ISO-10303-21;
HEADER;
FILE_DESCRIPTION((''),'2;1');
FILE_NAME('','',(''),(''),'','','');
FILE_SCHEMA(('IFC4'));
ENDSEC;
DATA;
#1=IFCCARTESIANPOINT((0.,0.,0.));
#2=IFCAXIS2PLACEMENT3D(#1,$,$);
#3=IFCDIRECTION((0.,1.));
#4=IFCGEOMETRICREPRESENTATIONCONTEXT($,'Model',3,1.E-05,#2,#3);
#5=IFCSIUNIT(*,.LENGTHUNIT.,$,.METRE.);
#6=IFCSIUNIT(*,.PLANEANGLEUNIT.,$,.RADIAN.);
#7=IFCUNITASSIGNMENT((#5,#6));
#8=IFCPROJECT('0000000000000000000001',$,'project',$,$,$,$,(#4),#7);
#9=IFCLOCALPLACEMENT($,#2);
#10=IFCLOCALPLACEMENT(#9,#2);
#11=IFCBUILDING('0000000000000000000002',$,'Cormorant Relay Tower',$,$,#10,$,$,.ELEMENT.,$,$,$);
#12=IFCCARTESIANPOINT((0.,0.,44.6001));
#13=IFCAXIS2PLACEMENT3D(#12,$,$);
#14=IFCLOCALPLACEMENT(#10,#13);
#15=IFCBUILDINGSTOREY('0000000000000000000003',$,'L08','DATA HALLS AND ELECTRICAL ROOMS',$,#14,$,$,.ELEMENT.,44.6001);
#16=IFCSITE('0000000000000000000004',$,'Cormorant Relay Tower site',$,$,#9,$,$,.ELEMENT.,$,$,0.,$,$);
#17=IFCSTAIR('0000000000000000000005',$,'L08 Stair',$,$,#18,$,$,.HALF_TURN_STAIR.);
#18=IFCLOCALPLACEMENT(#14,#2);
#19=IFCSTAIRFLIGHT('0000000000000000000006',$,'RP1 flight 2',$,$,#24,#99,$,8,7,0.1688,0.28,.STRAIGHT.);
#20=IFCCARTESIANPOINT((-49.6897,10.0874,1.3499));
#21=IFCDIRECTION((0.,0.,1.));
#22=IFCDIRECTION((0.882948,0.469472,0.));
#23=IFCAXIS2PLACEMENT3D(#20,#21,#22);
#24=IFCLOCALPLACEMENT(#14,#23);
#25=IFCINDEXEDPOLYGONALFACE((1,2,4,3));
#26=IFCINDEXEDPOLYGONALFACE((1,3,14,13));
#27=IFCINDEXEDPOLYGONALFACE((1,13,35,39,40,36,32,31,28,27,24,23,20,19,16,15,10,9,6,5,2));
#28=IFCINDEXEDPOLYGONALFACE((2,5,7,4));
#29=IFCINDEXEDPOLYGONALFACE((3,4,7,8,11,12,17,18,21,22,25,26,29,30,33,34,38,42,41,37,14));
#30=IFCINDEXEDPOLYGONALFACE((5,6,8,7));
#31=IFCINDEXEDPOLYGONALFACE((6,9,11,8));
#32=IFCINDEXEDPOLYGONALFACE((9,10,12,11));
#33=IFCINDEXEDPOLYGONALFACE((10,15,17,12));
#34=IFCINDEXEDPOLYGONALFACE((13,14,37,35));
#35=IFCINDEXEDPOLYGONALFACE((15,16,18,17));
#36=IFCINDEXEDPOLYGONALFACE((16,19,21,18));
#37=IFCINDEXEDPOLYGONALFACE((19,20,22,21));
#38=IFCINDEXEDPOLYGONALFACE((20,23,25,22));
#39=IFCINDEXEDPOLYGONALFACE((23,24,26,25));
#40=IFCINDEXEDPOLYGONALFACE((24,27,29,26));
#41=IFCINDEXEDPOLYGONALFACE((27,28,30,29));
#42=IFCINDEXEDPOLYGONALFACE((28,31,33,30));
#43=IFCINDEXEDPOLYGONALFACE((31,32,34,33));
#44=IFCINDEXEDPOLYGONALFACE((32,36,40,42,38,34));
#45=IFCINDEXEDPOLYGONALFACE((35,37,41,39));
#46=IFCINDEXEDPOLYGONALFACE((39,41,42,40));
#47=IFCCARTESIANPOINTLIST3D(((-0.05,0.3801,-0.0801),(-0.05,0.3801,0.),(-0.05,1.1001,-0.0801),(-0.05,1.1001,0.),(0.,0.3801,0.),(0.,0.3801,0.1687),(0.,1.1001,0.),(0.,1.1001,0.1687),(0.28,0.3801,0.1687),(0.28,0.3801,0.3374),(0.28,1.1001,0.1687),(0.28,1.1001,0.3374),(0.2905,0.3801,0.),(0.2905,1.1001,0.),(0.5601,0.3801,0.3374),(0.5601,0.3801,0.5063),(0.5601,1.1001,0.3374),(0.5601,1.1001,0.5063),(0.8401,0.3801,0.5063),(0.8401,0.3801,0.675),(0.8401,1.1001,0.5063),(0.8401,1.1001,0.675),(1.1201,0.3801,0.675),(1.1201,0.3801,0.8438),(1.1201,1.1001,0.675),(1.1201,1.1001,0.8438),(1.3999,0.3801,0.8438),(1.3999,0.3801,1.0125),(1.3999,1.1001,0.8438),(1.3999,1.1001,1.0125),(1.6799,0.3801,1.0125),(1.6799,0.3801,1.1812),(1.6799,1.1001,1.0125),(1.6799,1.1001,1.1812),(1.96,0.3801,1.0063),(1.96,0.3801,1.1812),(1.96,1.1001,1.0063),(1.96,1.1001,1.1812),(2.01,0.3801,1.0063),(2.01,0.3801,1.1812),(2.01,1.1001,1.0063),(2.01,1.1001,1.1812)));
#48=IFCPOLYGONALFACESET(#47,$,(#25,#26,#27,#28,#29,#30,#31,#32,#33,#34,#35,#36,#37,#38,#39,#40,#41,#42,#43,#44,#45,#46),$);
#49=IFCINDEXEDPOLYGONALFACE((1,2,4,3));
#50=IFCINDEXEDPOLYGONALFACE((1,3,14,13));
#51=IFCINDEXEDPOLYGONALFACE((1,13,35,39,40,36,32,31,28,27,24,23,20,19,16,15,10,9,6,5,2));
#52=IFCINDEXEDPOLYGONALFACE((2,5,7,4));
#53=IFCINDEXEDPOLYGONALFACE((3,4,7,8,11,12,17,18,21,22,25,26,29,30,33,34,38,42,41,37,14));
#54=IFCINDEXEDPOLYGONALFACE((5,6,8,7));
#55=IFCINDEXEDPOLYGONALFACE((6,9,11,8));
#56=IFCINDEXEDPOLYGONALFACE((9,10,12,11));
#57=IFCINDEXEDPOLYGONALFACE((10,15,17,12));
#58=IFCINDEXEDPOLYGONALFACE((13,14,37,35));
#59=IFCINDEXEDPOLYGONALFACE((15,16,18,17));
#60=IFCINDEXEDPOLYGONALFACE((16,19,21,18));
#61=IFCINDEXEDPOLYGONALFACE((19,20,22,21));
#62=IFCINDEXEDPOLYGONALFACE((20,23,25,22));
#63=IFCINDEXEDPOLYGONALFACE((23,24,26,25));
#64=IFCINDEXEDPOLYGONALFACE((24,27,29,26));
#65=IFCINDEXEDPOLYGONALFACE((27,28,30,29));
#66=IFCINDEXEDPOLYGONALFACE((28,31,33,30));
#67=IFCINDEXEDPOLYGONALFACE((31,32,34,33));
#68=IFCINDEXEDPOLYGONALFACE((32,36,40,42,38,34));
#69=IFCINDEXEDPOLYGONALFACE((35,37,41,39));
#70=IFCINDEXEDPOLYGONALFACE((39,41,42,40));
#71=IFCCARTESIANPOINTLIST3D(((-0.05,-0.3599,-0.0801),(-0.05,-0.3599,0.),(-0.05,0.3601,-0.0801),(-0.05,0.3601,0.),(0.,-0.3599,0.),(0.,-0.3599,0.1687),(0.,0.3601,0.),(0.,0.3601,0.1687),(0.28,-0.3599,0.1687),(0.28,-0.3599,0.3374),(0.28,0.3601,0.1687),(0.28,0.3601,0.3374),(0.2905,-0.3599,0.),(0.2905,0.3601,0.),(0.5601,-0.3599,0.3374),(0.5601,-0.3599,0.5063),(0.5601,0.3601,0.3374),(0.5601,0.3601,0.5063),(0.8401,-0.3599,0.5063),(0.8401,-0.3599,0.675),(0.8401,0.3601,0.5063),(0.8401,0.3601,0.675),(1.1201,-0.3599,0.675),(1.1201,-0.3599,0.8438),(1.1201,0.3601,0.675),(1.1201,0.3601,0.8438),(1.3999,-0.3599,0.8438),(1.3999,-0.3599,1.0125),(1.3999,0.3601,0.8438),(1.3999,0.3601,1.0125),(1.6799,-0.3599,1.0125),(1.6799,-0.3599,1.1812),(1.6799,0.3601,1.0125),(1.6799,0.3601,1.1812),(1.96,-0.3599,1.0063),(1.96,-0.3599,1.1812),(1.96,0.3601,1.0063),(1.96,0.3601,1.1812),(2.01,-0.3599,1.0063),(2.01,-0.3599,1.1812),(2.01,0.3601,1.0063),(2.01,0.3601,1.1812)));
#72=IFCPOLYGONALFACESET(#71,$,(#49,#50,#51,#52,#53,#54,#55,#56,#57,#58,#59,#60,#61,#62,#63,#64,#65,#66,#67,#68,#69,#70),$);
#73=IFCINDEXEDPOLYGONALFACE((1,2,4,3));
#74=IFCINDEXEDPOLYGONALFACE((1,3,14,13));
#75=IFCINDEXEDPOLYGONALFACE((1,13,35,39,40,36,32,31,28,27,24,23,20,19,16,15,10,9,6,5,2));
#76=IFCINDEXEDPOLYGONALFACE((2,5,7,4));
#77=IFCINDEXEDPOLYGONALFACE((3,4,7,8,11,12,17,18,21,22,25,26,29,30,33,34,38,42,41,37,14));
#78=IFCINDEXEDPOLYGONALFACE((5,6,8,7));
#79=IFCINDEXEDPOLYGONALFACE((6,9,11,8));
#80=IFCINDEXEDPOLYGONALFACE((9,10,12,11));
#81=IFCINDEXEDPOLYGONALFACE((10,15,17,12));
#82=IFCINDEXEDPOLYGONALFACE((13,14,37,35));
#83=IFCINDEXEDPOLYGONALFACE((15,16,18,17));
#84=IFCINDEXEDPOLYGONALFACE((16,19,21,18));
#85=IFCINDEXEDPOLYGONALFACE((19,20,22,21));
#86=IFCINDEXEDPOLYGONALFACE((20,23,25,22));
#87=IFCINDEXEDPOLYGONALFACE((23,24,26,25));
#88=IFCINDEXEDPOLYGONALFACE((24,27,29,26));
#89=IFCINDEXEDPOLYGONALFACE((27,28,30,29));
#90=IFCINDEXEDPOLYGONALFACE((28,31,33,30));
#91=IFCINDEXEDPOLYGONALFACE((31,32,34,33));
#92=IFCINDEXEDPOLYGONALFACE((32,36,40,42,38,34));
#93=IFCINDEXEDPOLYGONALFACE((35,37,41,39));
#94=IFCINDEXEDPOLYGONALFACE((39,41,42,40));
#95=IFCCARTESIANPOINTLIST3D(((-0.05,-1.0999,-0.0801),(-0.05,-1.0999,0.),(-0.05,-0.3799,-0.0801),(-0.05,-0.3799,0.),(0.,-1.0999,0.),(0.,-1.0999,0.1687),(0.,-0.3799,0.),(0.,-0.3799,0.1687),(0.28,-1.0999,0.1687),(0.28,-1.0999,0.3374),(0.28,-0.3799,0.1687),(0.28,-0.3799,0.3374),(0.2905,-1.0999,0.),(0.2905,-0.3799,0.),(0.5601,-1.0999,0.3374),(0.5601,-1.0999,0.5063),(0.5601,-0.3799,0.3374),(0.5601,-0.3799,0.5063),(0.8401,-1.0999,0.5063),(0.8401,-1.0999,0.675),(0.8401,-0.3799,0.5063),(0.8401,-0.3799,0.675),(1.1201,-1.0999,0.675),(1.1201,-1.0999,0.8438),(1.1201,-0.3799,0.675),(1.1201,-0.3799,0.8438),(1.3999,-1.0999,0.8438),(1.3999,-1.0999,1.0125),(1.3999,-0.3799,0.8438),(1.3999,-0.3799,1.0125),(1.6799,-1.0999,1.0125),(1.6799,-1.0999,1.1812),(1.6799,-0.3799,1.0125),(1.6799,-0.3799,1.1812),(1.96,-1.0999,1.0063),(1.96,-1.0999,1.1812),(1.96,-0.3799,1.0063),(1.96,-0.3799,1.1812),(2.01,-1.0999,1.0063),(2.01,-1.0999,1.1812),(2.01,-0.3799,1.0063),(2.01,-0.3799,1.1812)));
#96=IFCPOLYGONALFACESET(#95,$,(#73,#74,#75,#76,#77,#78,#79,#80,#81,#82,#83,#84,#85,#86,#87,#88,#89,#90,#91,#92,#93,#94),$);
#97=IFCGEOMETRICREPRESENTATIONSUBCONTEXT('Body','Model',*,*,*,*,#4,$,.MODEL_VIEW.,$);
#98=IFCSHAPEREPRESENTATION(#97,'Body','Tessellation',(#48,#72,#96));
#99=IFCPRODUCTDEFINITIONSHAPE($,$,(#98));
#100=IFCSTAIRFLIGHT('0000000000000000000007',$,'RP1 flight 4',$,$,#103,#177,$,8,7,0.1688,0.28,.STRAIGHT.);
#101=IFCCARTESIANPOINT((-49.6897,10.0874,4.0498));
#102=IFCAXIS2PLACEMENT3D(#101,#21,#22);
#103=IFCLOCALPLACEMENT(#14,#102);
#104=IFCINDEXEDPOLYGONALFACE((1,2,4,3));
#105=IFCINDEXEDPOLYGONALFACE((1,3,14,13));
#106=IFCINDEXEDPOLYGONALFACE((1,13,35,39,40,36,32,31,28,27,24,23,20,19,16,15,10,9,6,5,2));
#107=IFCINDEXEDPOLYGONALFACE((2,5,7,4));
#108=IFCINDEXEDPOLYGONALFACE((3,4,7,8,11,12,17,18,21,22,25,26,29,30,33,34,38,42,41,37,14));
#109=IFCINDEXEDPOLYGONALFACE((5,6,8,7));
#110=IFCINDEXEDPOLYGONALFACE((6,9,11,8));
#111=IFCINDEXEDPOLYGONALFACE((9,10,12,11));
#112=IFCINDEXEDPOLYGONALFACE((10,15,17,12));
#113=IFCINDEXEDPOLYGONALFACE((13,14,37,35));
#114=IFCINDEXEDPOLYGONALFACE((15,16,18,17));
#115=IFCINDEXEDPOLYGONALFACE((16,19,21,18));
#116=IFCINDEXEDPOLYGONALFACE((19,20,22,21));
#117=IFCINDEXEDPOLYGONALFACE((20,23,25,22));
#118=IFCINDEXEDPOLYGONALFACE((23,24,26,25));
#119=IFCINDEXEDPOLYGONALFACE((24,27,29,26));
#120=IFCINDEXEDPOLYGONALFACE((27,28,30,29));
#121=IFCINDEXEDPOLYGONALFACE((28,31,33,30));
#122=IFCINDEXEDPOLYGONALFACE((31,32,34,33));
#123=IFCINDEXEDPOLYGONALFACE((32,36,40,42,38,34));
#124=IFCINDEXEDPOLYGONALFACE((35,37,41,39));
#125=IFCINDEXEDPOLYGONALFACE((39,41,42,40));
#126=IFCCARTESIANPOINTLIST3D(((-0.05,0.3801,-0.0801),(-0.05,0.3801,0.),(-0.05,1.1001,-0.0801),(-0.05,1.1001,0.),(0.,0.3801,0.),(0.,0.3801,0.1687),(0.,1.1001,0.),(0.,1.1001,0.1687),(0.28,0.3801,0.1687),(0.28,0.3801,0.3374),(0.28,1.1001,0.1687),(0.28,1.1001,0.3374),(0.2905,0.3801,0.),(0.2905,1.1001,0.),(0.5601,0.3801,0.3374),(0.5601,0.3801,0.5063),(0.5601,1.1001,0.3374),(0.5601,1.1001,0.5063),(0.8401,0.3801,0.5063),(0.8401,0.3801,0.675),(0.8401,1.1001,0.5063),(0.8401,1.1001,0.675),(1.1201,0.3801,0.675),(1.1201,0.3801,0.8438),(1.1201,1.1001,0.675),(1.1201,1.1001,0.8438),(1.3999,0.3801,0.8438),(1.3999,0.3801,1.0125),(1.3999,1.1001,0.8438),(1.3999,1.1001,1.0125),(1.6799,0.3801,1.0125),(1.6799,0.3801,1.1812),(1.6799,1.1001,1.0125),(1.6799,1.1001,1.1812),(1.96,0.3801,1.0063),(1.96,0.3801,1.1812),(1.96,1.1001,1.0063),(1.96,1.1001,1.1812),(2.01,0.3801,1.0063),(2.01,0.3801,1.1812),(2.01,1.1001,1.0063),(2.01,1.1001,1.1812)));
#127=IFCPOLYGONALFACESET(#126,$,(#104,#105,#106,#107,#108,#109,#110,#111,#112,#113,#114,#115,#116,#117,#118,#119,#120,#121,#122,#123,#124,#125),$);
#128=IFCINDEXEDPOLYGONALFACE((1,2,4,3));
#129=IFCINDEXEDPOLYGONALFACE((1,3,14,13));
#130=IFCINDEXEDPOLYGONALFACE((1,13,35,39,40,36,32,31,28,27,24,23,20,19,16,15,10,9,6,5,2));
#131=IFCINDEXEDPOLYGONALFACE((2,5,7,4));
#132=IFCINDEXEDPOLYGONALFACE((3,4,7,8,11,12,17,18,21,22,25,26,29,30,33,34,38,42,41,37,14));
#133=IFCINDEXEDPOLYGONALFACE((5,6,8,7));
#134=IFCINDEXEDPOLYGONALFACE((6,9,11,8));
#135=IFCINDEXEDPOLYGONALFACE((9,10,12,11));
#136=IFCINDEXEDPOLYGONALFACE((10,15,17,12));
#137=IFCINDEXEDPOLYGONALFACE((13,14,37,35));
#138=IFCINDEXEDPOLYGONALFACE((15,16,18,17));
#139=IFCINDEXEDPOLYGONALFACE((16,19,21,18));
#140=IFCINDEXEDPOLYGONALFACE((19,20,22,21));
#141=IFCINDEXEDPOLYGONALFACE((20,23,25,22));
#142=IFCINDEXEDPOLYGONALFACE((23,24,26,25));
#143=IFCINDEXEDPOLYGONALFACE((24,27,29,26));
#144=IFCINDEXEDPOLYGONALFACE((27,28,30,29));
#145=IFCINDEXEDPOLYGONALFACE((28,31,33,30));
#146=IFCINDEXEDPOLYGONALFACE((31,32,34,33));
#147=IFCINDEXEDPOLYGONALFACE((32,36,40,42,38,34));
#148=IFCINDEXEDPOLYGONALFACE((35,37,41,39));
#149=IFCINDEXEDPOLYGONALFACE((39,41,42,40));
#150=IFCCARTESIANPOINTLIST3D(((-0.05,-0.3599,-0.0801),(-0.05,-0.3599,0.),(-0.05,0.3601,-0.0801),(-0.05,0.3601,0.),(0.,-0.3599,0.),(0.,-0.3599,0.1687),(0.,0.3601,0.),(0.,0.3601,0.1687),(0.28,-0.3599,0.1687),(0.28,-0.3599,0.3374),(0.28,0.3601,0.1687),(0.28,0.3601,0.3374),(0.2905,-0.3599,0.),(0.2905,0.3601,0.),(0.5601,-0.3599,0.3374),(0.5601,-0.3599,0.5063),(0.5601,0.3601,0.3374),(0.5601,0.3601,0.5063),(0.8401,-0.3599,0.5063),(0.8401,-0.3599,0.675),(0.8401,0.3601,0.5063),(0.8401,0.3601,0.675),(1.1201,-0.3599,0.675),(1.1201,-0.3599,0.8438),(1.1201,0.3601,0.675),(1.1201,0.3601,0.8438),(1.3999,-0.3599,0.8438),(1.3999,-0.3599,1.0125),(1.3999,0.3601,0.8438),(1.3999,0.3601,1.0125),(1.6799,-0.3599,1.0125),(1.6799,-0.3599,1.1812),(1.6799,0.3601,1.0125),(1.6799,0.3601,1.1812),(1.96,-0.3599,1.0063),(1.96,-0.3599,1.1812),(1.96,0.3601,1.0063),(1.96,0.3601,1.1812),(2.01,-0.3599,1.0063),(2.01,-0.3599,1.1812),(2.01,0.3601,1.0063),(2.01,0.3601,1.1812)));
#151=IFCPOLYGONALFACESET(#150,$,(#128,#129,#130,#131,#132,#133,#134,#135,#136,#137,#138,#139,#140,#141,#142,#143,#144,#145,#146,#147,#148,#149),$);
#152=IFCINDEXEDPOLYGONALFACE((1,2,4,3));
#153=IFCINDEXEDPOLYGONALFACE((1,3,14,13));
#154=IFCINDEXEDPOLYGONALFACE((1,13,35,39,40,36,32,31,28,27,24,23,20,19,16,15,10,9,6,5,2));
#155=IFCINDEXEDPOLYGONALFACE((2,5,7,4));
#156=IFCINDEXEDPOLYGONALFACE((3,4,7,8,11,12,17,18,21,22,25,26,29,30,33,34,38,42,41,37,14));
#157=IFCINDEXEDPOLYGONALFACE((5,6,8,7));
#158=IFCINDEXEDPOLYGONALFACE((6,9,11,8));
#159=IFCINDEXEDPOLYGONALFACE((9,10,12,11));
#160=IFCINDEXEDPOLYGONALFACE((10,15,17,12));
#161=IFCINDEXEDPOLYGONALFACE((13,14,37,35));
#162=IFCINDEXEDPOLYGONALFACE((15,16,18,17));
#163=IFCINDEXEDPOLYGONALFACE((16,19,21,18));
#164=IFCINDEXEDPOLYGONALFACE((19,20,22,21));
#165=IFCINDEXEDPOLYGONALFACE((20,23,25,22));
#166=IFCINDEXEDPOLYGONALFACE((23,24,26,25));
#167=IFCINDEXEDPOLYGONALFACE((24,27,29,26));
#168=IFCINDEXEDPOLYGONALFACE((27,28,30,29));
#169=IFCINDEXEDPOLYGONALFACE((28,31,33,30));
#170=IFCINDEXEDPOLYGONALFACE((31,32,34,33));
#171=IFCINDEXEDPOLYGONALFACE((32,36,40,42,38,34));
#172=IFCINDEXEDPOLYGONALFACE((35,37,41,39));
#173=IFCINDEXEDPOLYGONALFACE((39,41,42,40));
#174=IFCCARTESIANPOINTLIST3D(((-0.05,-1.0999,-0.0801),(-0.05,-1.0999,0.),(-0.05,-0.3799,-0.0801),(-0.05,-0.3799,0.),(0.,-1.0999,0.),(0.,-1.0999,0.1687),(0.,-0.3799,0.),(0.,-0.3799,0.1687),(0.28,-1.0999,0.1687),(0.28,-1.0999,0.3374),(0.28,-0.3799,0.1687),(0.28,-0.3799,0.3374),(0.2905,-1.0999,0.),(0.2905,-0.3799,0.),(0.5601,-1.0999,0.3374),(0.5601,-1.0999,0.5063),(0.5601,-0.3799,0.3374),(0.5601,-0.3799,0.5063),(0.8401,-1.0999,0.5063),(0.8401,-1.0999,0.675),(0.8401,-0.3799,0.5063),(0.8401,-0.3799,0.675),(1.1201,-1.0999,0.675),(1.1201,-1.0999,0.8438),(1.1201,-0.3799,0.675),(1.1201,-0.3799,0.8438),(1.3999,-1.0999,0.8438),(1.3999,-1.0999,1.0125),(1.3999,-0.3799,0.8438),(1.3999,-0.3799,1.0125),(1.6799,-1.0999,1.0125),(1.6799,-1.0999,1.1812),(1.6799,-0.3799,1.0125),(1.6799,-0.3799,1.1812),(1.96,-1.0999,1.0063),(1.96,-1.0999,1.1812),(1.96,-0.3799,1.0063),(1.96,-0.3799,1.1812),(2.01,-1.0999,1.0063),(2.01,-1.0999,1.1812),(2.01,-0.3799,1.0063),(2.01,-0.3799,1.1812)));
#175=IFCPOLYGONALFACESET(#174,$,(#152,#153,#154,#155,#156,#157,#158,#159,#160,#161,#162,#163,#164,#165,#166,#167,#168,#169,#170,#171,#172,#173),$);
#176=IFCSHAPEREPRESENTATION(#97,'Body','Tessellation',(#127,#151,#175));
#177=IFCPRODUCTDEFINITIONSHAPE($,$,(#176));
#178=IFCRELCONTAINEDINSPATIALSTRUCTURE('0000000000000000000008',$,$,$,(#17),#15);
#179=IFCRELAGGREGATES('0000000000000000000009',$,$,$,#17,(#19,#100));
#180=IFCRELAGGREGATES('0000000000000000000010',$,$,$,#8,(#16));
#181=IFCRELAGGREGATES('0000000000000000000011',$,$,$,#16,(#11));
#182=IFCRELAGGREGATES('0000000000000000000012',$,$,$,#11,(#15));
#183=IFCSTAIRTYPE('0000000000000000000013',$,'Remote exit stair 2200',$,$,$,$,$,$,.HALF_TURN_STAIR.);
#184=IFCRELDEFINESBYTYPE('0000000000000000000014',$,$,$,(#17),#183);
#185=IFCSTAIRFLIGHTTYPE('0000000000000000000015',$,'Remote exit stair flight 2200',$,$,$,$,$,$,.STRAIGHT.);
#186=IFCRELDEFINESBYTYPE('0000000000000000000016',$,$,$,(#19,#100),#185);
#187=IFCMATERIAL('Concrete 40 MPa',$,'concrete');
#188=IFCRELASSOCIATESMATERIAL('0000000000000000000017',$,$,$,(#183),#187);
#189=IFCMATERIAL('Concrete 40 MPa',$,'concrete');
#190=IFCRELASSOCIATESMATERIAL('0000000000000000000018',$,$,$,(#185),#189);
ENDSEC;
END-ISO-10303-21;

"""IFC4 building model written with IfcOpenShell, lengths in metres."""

from ifc_helpers import new_model, si_unit, direction, frame, origin, place, context, subcontext, project, spatial, polyline, outline, extrude, material, type_object, element, aggregate, save


model = new_model("IFC4")

# Units and contexts
model_context = context("Model", 3, precision=1e-05, world=origin(), true_north=direction((0.0, 1.0)))
body_context = subcontext(model_context, "Body", "Model", "MODEL_VIEW")
ifc_project = project(units=[si_unit("LENGTHUNIT", "METRE"), si_unit("PLANEANGLEUNIT", "RADIAN")], contexts=[model_context])

# Site, building, storey
site_placement = place(None, origin())
site = spatial("IfcSite", under=ifc_project, at=site_placement, Name="Cormorant Relay Tower site", CompositionType="ELEMENT", RefElevation=0.0)
building_placement = place(site_placement, origin())
building = spatial("IfcBuilding", under=site, at=building_placement, Name="Cormorant Relay Tower", CompositionType="ELEMENT")
storey_placement = place(building_placement, frame((0.0, 0.0, 44.6001)))
storey = spatial("IfcBuildingStorey", under=building, at=storey_placement, Name="L08", Description="DATA HALLS AND ELECTRICAL ROOMS", CompositionType="ELEMENT", Elevation=44.6001)

# Stair, stair flights
ifc_material_1 = material(Name="Concrete 40 MPa", Category="concrete")
stair_type = type_object("IfcStairType", Name="Remote exit stair 2200", PredefinedType="HALF_TURN_STAIR", material=ifc_material_1)
stair_placement = place(storey_placement, origin())
stair = element("IfcStair", 1, at=stair_placement, inside=storey, type_object=stair_type, Name="L08 Stair", PredefinedType="HALF_TURN_STAIR")
ifc_material_2 = material(Name="Concrete 40 MPa", Category="concrete")
stair_flight_type = type_object("IfcStairFlightType", Name="Remote exit stair flight 2200", PredefinedType="STRAIGHT", material=ifc_material_2)
stair_flight_1_placement = place(storey_placement, frame((-49.6897, 10.0874, 1.3499), z_axis=(0.0, 0.0, 1.0), x_axis=(0.882948, 0.469472, 0.0)))
stair_flight_1 = element("IfcStairFlight", 2, at=stair_flight_1_placement, type_object=stair_flight_type, Name="RP1 flight 2", NumberOfRisers=8, NumberOfTreads=7, PredefinedType="STRAIGHT", RiserHeight=0.1688, TreadLength=0.28, context=body_context, shape_type="SweptSolid", body=[
    extrude(outline(polyline([(-0.05, -0.0801), (-0.05, 0.0), (0.0, 0.0), (0.0, 0.1687), (0.28, 0.1687), (0.28, 0.3374), (0.5601, 0.3374), (0.5601, 0.5063), (0.8401, 0.5063), (0.8401, 0.675), (1.1201, 0.675), (1.1201, 0.8438), (1.3999, 0.8438), (1.3999, 1.0125), (1.6799, 1.0125), (1.6799, 1.1812), (1.96, 1.1812), (2.01, 1.1812), (2.01, 1.0063), (1.96, 1.0063), (0.2905, 0.0), (-0.05, -0.0801)])), frame((0.0, 1.1001, 0.0), z_axis=(0.0, -1.0, 0.0), x_axis=(1.0, 0.0, 0.0)), (0.0, 0.0, 1.0), 0.72),
    extrude(outline(polyline([(-0.05, -0.0801), (-0.05, 0.0), (0.0, 0.0), (0.0, 0.1687), (0.28, 0.1687), (0.28, 0.3374), (0.5601, 0.3374), (0.5601, 0.5063), (0.8401, 0.5063), (0.8401, 0.675), (1.1201, 0.675), (1.1201, 0.8438), (1.3999, 0.8438), (1.3999, 1.0125), (1.6799, 1.0125), (1.6799, 1.1812), (1.96, 1.1812), (2.01, 1.1812), (2.01, 1.0063), (1.96, 1.0063), (0.2905, 0.0), (-0.05, -0.0801)])), frame((0.0, 0.3601, 0.0), z_axis=(0.0, -1.0, 0.0), x_axis=(1.0, 0.0, 0.0)), (0.0, 0.0, 1.0), 0.72),
    extrude(outline(polyline([(-0.05, -0.0801), (-0.05, 0.0), (0.0, 0.0), (0.0, 0.1687), (0.28, 0.1687), (0.28, 0.3374), (0.5601, 0.3374), (0.5601, 0.5063), (0.8401, 0.5063), (0.8401, 0.675), (1.1201, 0.675), (1.1201, 0.8438), (1.3999, 0.8438), (1.3999, 1.0125), (1.6799, 1.0125), (1.6799, 1.1812), (1.96, 1.1812), (2.01, 1.1812), (2.01, 1.0063), (1.96, 1.0063), (0.2905, 0.0), (-0.05, -0.0801)])), frame((0.0, -0.3799, 0.0), z_axis=(0.0, -1.0, 0.0), x_axis=(1.0, 0.0, 0.0)), (0.0, 0.0, 1.0), 0.72),
])
stair_flight_2_placement = place(storey_placement, frame((-49.6897, 10.0874, 4.0498), z_axis=(0.0, 0.0, 1.0), x_axis=(0.882948, 0.469472, 0.0)))
stair_flight_2 = element("IfcStairFlight", 3, at=stair_flight_2_placement, type_object=stair_flight_type, Name="RP1 flight 4", NumberOfRisers=8, NumberOfTreads=7, PredefinedType="STRAIGHT", RiserHeight=0.1688, TreadLength=0.28, context=body_context, shape_type="SweptSolid", body=[
    extrude(outline(polyline([(-0.05, -0.0801), (-0.05, 0.0), (0.0, 0.0), (0.0, 0.1687), (0.28, 0.1687), (0.28, 0.3374), (0.5601, 0.3374), (0.5601, 0.5063), (0.8401, 0.5063), (0.8401, 0.675), (1.1201, 0.675), (1.1201, 0.8438), (1.3999, 0.8438), (1.3999, 1.0125), (1.6799, 1.0125), (1.6799, 1.1812), (1.96, 1.1812), (2.01, 1.1812), (2.01, 1.0063), (1.96, 1.0063), (0.2905, 0.0), (-0.05, -0.0801)])), frame((0.0, 1.1001, 0.0), z_axis=(0.0, -1.0, 0.0), x_axis=(1.0, 0.0, 0.0)), (0.0, 0.0, 1.0), 0.72),
    extrude(outline(polyline([(-0.05, -0.0801), (-0.05, 0.0), (0.0, 0.0), (0.0, 0.1687), (0.28, 0.1687), (0.28, 0.3374), (0.5601, 0.3374), (0.5601, 0.5063), (0.8401, 0.5063), (0.8401, 0.675), (1.1201, 0.675), (1.1201, 0.8438), (1.3999, 0.8438), (1.3999, 1.0125), (1.6799, 1.0125), (1.6799, 1.1812), (1.96, 1.1812), (2.01, 1.1812), (2.01, 1.0063), (1.96, 1.0063), (0.2905, 0.0), (-0.05, -0.0801)])), frame((0.0, 0.3601, 0.0), z_axis=(0.0, -1.0, 0.0), x_axis=(1.0, 0.0, 0.0)), (0.0, 0.0, 1.0), 0.72),
    extrude(outline(polyline([(-0.05, -0.0801), (-0.05, 0.0), (0.0, 0.0), (0.0, 0.1687), (0.28, 0.1687), (0.28, 0.3374), (0.5601, 0.3374), (0.5601, 0.5063), (0.8401, 0.5063), (0.8401, 0.675), (1.1201, 0.675), (1.1201, 0.8438), (1.3999, 0.8438), (1.3999, 1.0125), (1.6799, 1.0125), (1.6799, 1.1812), (1.96, 1.1812), (2.01, 1.1812), (2.01, 1.0063), (1.96, 1.0063), (0.2905, 0.0), (-0.05, -0.0801)])), frame((0.0, -0.3799, 0.0), z_axis=(0.0, -1.0, 0.0), x_axis=(1.0, 0.0, 0.0)), (0.0, 0.0, 1.0), 0.72),
])
aggregate(stair, [stair_flight_1, stair_flight_2])

save(model, "model.ifc")
